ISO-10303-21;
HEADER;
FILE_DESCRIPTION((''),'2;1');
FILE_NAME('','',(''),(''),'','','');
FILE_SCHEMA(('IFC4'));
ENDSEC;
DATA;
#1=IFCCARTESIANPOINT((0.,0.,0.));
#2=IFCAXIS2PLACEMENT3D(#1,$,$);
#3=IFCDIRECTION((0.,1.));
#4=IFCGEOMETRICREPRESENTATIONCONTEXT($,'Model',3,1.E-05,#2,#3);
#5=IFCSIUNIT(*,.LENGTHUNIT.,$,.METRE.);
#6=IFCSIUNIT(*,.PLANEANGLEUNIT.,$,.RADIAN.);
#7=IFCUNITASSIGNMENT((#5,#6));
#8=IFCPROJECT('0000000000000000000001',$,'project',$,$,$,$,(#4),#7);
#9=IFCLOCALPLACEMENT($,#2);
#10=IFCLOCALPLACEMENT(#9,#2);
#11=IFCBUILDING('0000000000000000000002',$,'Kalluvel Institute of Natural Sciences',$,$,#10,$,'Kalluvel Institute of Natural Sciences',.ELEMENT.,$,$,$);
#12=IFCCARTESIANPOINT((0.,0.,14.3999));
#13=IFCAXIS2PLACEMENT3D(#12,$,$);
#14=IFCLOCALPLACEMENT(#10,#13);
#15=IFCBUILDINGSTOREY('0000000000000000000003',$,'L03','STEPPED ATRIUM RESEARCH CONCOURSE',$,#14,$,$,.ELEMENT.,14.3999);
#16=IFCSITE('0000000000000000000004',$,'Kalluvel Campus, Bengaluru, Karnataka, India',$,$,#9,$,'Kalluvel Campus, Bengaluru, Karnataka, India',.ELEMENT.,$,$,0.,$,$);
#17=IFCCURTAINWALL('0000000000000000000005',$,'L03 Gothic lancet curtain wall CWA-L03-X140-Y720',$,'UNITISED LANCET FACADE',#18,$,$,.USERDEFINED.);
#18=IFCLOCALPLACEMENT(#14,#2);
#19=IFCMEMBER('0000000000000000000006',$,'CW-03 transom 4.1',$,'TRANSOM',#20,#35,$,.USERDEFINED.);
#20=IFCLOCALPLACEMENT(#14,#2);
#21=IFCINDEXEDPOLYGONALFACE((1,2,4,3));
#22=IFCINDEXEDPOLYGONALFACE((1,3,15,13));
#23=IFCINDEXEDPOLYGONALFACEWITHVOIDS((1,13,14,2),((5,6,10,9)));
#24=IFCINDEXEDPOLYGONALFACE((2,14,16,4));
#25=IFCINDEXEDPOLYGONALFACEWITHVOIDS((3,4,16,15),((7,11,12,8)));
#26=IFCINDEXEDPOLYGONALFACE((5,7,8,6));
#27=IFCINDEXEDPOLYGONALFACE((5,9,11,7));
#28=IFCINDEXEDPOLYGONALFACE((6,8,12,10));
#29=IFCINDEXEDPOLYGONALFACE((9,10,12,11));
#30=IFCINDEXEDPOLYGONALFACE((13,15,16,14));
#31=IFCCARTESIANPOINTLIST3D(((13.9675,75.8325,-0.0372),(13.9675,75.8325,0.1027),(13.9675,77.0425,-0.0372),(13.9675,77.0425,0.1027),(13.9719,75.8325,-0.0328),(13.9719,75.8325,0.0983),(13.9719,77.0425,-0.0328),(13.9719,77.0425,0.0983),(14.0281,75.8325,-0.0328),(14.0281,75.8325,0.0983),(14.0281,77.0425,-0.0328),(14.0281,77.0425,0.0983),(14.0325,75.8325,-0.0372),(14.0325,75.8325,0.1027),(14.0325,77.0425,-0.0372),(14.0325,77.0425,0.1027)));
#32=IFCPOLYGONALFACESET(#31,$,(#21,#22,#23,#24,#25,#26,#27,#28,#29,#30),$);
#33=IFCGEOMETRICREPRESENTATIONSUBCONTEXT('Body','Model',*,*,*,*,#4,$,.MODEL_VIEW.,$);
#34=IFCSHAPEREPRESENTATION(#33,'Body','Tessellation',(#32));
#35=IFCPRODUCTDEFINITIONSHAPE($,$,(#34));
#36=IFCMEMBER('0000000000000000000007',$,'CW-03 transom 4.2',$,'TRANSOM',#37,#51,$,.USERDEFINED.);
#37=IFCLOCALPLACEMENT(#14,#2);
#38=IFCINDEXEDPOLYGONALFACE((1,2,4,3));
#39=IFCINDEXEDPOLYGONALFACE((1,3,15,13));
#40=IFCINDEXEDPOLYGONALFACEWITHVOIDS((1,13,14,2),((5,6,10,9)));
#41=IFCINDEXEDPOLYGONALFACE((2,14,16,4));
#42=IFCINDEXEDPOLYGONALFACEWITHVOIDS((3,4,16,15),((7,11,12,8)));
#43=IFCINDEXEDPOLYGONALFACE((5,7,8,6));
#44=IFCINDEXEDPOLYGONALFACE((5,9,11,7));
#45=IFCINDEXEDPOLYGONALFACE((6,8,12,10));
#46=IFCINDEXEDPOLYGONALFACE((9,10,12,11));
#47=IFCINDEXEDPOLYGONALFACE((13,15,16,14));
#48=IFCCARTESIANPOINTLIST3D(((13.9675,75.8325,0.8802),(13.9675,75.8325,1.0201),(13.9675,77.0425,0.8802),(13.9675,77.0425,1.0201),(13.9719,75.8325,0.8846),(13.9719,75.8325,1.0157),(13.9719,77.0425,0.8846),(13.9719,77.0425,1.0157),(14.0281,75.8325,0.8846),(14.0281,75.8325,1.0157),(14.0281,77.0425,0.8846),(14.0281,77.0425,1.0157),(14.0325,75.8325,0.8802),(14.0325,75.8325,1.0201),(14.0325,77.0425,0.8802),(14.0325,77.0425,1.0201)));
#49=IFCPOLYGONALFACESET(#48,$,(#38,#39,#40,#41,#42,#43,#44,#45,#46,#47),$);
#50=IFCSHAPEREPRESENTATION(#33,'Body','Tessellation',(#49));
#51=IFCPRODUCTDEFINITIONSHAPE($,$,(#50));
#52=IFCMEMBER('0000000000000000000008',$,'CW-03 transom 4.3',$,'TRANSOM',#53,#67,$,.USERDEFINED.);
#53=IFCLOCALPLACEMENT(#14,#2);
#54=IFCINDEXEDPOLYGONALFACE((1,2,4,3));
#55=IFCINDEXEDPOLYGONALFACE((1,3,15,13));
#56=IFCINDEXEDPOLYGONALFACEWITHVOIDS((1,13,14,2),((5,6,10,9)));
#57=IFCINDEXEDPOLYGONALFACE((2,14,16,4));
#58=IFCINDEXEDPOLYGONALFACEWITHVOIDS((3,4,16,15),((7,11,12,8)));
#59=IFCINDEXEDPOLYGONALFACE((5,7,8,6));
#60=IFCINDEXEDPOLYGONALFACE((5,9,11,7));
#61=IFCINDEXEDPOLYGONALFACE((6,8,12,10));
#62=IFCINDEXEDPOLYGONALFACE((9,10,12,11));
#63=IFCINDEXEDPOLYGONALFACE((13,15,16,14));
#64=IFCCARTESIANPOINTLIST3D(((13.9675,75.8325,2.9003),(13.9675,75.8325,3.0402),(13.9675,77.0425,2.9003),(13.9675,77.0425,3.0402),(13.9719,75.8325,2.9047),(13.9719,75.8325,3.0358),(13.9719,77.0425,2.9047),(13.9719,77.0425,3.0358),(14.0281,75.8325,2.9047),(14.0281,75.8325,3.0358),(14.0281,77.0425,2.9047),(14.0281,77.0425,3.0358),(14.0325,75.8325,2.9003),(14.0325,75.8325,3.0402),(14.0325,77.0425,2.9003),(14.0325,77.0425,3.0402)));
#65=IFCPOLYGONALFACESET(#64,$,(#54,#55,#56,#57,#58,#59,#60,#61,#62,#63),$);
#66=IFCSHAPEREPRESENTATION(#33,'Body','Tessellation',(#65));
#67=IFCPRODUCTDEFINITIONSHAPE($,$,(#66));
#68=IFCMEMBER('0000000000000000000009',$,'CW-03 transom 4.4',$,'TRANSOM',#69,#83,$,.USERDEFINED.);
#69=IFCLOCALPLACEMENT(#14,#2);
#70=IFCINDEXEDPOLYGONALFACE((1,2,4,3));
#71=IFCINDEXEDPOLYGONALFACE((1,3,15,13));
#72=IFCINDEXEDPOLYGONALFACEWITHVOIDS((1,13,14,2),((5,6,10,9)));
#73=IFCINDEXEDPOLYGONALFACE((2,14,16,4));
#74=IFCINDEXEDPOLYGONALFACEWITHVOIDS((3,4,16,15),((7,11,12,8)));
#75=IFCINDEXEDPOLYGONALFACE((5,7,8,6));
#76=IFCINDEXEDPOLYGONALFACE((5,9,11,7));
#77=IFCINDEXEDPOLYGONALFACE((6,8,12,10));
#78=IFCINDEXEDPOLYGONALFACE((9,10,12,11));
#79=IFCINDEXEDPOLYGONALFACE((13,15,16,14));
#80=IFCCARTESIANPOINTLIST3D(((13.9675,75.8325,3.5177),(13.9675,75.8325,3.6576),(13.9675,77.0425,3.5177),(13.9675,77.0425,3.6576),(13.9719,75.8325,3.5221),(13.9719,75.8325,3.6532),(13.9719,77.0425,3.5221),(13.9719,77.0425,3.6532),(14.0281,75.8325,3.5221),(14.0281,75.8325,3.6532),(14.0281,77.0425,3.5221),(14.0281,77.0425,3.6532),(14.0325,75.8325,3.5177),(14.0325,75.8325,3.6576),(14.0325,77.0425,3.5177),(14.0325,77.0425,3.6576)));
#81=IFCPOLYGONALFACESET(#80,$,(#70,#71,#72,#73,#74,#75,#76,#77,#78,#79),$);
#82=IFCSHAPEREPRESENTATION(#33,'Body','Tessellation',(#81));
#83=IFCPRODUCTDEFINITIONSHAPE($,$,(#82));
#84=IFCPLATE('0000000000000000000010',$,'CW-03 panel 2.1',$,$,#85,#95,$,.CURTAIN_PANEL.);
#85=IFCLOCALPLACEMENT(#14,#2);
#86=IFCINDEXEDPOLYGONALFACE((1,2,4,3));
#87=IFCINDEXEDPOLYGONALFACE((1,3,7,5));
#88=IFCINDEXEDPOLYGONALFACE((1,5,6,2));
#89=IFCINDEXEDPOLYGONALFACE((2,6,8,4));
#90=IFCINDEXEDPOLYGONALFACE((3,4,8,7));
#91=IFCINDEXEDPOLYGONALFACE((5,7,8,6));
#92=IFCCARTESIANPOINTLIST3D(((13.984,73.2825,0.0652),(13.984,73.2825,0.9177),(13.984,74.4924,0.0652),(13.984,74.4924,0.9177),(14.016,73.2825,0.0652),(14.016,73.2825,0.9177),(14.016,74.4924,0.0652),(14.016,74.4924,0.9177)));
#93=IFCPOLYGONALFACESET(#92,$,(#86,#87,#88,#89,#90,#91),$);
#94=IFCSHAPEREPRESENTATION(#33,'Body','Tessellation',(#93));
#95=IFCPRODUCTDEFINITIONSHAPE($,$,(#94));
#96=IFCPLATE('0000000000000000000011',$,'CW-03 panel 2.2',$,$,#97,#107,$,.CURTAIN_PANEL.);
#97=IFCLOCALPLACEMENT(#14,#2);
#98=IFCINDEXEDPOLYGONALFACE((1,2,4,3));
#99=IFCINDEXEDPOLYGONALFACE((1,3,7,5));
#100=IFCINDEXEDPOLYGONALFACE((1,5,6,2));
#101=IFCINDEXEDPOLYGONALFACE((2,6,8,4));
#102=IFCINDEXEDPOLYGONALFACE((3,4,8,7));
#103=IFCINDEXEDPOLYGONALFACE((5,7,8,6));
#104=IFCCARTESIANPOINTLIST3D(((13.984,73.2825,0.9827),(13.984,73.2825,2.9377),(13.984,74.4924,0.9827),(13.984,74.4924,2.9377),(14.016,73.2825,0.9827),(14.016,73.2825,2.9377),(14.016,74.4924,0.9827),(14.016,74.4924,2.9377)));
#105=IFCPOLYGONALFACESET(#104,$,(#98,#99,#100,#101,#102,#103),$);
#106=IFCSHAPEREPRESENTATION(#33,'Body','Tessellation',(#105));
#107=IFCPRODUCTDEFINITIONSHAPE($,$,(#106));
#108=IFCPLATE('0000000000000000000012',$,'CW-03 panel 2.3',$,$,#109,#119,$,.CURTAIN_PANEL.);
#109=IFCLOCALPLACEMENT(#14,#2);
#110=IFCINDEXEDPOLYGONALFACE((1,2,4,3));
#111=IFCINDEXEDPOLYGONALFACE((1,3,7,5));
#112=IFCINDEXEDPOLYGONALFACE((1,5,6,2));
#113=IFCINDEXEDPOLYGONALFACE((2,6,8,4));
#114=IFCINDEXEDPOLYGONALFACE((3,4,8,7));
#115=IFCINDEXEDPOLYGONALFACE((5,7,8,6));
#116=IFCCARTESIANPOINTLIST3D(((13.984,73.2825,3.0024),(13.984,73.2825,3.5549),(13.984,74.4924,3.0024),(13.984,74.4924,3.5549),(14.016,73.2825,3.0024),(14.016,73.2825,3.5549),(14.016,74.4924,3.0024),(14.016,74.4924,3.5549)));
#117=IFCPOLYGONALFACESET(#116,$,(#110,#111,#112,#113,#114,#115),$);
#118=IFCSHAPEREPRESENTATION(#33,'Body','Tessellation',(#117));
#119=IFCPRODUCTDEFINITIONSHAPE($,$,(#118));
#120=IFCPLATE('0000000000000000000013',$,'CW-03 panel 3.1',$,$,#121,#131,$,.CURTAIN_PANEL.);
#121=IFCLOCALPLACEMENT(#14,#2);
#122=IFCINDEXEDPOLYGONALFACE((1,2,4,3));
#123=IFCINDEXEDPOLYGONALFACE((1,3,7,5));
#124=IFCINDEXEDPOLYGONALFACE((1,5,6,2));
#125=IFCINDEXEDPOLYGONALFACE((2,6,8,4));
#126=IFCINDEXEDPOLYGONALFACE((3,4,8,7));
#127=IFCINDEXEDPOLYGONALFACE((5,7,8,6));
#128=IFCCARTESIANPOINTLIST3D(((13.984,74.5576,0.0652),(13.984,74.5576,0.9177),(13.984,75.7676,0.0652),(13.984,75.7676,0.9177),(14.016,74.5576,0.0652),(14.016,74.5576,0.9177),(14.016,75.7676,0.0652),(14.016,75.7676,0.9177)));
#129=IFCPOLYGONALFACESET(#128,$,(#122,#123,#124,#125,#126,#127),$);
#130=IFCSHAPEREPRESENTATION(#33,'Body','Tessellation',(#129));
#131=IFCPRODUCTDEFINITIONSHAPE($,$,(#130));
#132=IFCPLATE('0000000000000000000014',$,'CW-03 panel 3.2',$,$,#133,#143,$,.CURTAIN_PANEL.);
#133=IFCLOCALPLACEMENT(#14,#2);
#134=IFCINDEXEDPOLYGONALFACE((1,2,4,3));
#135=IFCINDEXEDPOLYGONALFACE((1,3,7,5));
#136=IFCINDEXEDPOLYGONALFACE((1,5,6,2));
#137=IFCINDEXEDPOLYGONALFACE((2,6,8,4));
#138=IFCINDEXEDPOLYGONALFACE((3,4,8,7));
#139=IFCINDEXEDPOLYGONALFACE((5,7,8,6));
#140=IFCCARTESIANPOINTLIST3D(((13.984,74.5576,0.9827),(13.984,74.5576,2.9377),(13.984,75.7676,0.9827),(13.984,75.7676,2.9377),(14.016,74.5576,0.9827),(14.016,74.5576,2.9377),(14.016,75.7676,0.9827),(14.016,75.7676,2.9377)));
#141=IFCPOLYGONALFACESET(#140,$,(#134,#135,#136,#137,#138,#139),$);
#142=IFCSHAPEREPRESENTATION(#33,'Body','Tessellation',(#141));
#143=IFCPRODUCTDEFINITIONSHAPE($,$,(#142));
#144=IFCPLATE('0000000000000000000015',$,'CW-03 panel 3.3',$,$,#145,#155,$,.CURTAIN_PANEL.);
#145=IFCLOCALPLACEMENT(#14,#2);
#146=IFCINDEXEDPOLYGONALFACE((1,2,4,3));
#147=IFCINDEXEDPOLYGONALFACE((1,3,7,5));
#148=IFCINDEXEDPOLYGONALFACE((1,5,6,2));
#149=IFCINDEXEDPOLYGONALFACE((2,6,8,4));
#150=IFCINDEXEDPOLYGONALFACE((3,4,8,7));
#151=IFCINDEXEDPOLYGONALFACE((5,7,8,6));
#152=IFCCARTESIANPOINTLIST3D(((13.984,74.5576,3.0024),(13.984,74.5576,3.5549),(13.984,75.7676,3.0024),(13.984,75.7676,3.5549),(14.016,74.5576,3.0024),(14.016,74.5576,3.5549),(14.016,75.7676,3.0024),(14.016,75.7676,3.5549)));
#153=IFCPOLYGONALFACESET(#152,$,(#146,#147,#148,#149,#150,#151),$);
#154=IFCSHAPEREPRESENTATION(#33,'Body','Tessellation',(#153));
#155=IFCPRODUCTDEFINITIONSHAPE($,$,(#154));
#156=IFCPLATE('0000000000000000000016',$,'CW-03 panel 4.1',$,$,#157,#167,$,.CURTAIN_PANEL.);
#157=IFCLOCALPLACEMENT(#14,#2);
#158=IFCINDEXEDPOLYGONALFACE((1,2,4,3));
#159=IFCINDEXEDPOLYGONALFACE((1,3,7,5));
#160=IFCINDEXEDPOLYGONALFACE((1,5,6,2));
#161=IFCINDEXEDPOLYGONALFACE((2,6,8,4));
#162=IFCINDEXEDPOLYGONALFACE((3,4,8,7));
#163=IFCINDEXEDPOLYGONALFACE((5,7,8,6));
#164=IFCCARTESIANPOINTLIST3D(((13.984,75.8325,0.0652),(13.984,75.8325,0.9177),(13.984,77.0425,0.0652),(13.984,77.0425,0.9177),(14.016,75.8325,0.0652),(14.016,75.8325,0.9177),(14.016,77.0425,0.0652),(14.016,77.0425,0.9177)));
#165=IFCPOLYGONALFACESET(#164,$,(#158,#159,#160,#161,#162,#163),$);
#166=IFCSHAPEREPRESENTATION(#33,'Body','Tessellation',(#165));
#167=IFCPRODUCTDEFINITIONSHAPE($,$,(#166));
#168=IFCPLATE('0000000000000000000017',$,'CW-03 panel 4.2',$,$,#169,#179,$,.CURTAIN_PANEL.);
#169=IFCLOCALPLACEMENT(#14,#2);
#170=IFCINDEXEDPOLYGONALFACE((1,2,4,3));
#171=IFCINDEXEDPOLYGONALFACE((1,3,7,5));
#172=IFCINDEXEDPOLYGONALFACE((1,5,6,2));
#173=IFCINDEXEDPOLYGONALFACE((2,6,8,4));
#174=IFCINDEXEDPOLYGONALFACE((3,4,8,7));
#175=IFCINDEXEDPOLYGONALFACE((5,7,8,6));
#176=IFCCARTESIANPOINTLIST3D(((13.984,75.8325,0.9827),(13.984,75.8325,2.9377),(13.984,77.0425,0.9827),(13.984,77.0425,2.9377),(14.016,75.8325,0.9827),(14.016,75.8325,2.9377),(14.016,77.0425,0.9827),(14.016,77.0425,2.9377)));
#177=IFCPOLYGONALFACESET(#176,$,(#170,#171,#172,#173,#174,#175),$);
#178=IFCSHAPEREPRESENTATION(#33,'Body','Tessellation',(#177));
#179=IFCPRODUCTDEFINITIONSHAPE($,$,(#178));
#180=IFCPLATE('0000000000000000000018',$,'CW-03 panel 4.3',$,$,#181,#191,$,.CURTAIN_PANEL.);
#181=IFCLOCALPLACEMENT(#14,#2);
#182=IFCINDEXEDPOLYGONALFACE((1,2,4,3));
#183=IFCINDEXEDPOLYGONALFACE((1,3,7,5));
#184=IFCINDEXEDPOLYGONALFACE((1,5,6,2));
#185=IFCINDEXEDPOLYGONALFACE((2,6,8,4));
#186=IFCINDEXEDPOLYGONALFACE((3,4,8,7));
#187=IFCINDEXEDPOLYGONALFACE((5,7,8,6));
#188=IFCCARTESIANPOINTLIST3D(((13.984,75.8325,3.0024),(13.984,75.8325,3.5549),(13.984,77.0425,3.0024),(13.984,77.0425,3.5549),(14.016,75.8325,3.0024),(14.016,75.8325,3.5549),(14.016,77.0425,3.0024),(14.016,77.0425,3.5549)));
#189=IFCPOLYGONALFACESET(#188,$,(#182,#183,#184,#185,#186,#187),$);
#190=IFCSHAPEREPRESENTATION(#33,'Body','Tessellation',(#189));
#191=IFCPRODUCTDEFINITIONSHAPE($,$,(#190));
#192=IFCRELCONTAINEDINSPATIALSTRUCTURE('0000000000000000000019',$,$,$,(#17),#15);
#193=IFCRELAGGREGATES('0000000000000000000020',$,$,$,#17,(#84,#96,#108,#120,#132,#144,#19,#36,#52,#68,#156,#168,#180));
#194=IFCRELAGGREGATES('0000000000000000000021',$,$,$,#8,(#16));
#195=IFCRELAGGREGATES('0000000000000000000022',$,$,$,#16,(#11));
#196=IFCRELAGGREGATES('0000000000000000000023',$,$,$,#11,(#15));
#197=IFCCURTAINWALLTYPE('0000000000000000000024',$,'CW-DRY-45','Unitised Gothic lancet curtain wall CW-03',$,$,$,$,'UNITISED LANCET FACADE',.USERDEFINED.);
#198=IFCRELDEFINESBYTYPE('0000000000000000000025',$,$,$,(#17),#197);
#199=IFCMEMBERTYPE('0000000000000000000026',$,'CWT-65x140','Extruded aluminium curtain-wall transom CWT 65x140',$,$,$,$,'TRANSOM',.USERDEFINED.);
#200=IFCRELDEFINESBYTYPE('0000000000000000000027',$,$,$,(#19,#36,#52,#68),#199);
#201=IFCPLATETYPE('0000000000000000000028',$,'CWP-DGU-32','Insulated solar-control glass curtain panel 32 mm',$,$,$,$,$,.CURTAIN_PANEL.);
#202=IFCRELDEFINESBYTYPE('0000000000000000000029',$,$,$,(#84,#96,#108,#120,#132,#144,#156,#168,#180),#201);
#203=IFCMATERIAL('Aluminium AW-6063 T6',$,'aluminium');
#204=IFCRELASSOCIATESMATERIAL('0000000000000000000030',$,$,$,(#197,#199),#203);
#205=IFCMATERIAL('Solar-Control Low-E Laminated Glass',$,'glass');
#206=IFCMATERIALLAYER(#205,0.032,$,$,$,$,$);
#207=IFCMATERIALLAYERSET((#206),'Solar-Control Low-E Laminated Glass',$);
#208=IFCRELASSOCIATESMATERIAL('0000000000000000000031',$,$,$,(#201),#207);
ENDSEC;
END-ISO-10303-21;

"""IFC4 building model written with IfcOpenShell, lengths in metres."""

from ifc_helpers import new_model, si_unit, direction, frame, origin, origin_2d, place, context, subcontext, project, spatial, rectangle, hollow_rectangle, extrude, material, layer, layer_set, material_profile, profile_set, type_object, element, aggregate, save


model = new_model("IFC4")

# Units and contexts
model_context = context("Model", 3, precision=1e-05, world=origin(), true_north=direction((0.0, 1.0)))
body_context = subcontext(model_context, "Body", "Model", "MODEL_VIEW")
ifc_project = project(units=[si_unit("LENGTHUNIT", "METRE"), si_unit("PLANEANGLEUNIT", "RADIAN")], contexts=[model_context])

# Site, building, storey
site_placement = place(None, origin())
site = spatial("IfcSite", under=ifc_project, at=site_placement, Name="Kalluvel Campus, Bengaluru, Karnataka, India", LongName="Kalluvel Campus, Bengaluru, Karnataka, India", CompositionType="ELEMENT", RefElevation=0.0)
building_placement = place(site_placement, origin())
building = spatial("IfcBuilding", under=site, at=building_placement, Name="Kalluvel Institute of Natural Sciences", LongName="Kalluvel Institute of Natural Sciences", CompositionType="ELEMENT")
storey_placement = place(building_placement, frame((0.0, 0.0, 14.3999)))
storey = spatial("IfcBuildingStorey", under=building, at=storey_placement, Name="L03", Description="STEPPED ATRIUM RESEARCH CONCOURSE", CompositionType="ELEMENT", Elevation=14.3999)

# Curtain wall, members, plates
ifc_material_1 = material(Name="Aluminium AW-6063 T6", Category="aluminium")
curtain_wall_type = type_object("IfcCurtainWallType", Name="CW-DRY-45", Description="Unitised Gothic lancet curtain wall CW-03", ElementType="UNITISED LANCET FACADE", PredefinedType="USERDEFINED", material=ifc_material_1)
curtain_wall_placement = place(storey_placement, origin())
curtain_wall = element("IfcCurtainWall", 1, at=curtain_wall_placement, inside=storey, type_object=curtain_wall_type, Name="L03 Gothic lancet curtain wall CWA-L03-X140-Y720", ObjectType="UNITISED LANCET FACADE", PredefinedType="USERDEFINED")
ifc_material_profile_1 = material_profile(ifc_material_1, hollow_rectangle(XDim=0.0649, YDim=0.1399, WallThickness=0.0044, at=origin_2d()), Name="CWT 65x140")
ifc_profile_set_1 = profile_set([ifc_material_profile_1], Name="Aluminium AW-6063 T6")
member_type_1 = type_object("IfcMemberType", Name="CWT-65x140", Description="Extruded aluminium curtain-wall transom CWT 65x140", ElementType="TRANSOM", PredefinedType="USERDEFINED", material=ifc_profile_set_1)
member_1_placement = place(storey_placement, frame((14.0, 75.8325, 0.0327), z_axis=(0.0, 1.0, 0.0), x_axis=(-1.0, 0.0, 0.0)))
member_1 = element("IfcMember", 2, at=member_1_placement, type_object=member_type_1, Name="CW-03 transom 4.1", ObjectType="TRANSOM", PredefinedType="USERDEFINED", context=body_context, shape_type="SweptSolid", body=[
    extrude(hollow_rectangle(XDim=0.0649, YDim=0.1399, WallThickness=0.0044, at=origin_2d()), origin(), (0.0, 0.0, 1.0), 1.21),
])
member_2_placement = place(storey_placement, frame((14.0, 75.8325, 0.9502), z_axis=(0.0, 1.0, 0.0), x_axis=(-1.0, 0.0, 0.0)))
member_2 = element("IfcMember", 3, at=member_2_placement, type_object=member_type_1, Name="CW-03 transom 4.2", ObjectType="TRANSOM", PredefinedType="USERDEFINED", context=body_context, shape_type="SweptSolid", body=[
    extrude(hollow_rectangle(XDim=0.0649, YDim=0.1399, WallThickness=0.0044, at=origin_2d()), origin(), (0.0, 0.0, 1.0), 1.21),
])
member_3_placement = place(storey_placement, frame((14.0, 75.8325, 2.9702), z_axis=(0.0, 1.0, 0.0), x_axis=(-1.0, 0.0, 0.0)))
member_3 = element("IfcMember", 4, at=member_3_placement, type_object=member_type_1, Name="CW-03 transom 4.3", ObjectType="TRANSOM", PredefinedType="USERDEFINED", context=body_context, shape_type="SweptSolid", body=[
    extrude(hollow_rectangle(XDim=0.0649, YDim=0.1399, WallThickness=0.0044, at=origin_2d()), origin(), (0.0, 0.0, 1.0), 1.21),
])
member_4_placement = place(storey_placement, frame((14.0, 75.8325, 3.5876), z_axis=(0.0, 1.0, 0.0), x_axis=(-1.0, 0.0, 0.0)))
member_4 = element("IfcMember", 5, at=member_4_placement, type_object=member_type_1, Name="CW-03 transom 4.4", ObjectType="TRANSOM", PredefinedType="USERDEFINED", context=body_context, shape_type="SweptSolid", body=[
    extrude(hollow_rectangle(XDim=0.0649, YDim=0.1399, WallThickness=0.0044, at=origin_2d()), origin(), (0.0, 0.0, 1.0), 1.21),
])
ifc_material_2 = material(Name="Solar-Control Low-E Laminated Glass", Category="glass")
ifc_layer_1 = layer(ifc_material_2, 0.032)
ifc_layer_set_1 = layer_set([ifc_layer_1], Name="Solar-Control Low-E Laminated Glass")
plate_type = type_object("IfcPlateType", Name="CWP-DGU-32", Description="Insulated solar-control glass curtain panel 32 mm", PredefinedType="CURTAIN_PANEL", material=ifc_layer_set_1)
plate_1_placement = place(storey_placement, frame((14.0, 73.8875, 0.0652), z_axis=(0.0, 0.0, 1.0), x_axis=(0.0, 1.0, 0.0)))
plate_1 = element("IfcPlate", 6, at=plate_1_placement, type_object=plate_type, Name="CW-03 panel 2.1", PredefinedType="CURTAIN_PANEL", context=body_context, shape_type="SweptSolid", body=[
    extrude(rectangle(XDim=1.21, YDim=0.032, at=origin_2d()), origin(), (0.0, 0.0, 1.0), 0.8525),
])
plate_2_placement = place(storey_placement, frame((14.0, 73.8875, 0.9827), z_axis=(0.0, 0.0, 1.0), x_axis=(0.0, 1.0, 0.0)))
plate_2 = element("IfcPlate", 7, at=plate_2_placement, type_object=plate_type, Name="CW-03 panel 2.2", PredefinedType="CURTAIN_PANEL", context=body_context, shape_type="SweptSolid", body=[
    extrude(rectangle(XDim=1.21, YDim=0.032, at=origin_2d()), origin(), (0.0, 0.0, 1.0), 1.9551),
])
plate_3_placement = place(storey_placement, frame((14.0, 73.8875, 3.0024), z_axis=(0.0, 0.0, 1.0), x_axis=(0.0, 1.0, 0.0)))
plate_3 = element("IfcPlate", 8, at=plate_3_placement, type_object=plate_type, Name="CW-03 panel 2.3", PredefinedType="CURTAIN_PANEL", context=body_context, shape_type="SweptSolid", body=[
    extrude(rectangle(XDim=1.21, YDim=0.032, at=origin_2d()), origin(), (0.0, 0.0, 1.0), 0.5525),
])
plate_4_placement = place(storey_placement, frame((14.0, 75.1626, 0.0652), z_axis=(0.0, 0.0, 1.0), x_axis=(0.0, 1.0, 0.0)))
plate_4 = element("IfcPlate", 9, at=plate_4_placement, type_object=plate_type, Name="CW-03 panel 3.1", PredefinedType="CURTAIN_PANEL", context=body_context, shape_type="SweptSolid", body=[
    extrude(rectangle(XDim=1.21, YDim=0.032, at=origin_2d()), origin(), (0.0, 0.0, 1.0), 0.8525),
])
plate_5_placement = place(storey_placement, frame((14.0, 75.1626, 0.9827), z_axis=(0.0, 0.0, 1.0), x_axis=(0.0, 1.0, 0.0)))
plate_5 = element("IfcPlate", 10, at=plate_5_placement, type_object=plate_type, Name="CW-03 panel 3.2", PredefinedType="CURTAIN_PANEL", context=body_context, shape_type="SweptSolid", body=[
    extrude(rectangle(XDim=1.21, YDim=0.032, at=origin_2d()), origin(), (0.0, 0.0, 1.0), 1.9551),
])
plate_6_placement = place(storey_placement, frame((14.0, 75.1626, 3.0024), z_axis=(0.0, 0.0, 1.0), x_axis=(0.0, 1.0, 0.0)))
plate_6 = element("IfcPlate", 11, at=plate_6_placement, type_object=plate_type, Name="CW-03 panel 3.3", PredefinedType="CURTAIN_PANEL", context=body_context, shape_type="SweptSolid", body=[
    extrude(rectangle(XDim=1.21, YDim=0.032, at=origin_2d()), origin(), (0.0, 0.0, 1.0), 0.5525),
])
plate_7_placement = place(storey_placement, frame((14.0, 76.4375, 0.0652), z_axis=(0.0, 0.0, 1.0), x_axis=(0.0, 1.0, 0.0)))
plate_7 = element("IfcPlate", 12, at=plate_7_placement, type_object=plate_type, Name="CW-03 panel 4.1", PredefinedType="CURTAIN_PANEL", context=body_context, shape_type="SweptSolid", body=[
    extrude(rectangle(XDim=1.21, YDim=0.032, at=origin_2d()), origin(), (0.0, 0.0, 1.0), 0.8525),
])
plate_8_placement = place(storey_placement, frame((14.0, 76.4375, 0.9827), z_axis=(0.0, 0.0, 1.0), x_axis=(0.0, 1.0, 0.0)))
plate_8 = element("IfcPlate", 13, at=plate_8_placement, type_object=plate_type, Name="CW-03 panel 4.2", PredefinedType="CURTAIN_PANEL", context=body_context, shape_type="SweptSolid", body=[
    extrude(rectangle(XDim=1.21, YDim=0.032, at=origin_2d()), origin(), (0.0, 0.0, 1.0), 1.9551),
])
plate_9_placement = place(storey_placement, frame((14.0, 76.4375, 3.0024), z_axis=(0.0, 0.0, 1.0), x_axis=(0.0, 1.0, 0.0)))
plate_9 = element("IfcPlate", 14, at=plate_9_placement, type_object=plate_type, Name="CW-03 panel 4.3", PredefinedType="CURTAIN_PANEL", context=body_context, shape_type="SweptSolid", body=[
    extrude(rectangle(XDim=1.21, YDim=0.032, at=origin_2d()), origin(), (0.0, 0.0, 1.0), 0.5525),
])
aggregate(curtain_wall, [plate_1, plate_2, plate_3, plate_4, plate_5, plate_6, member_1, member_2, member_3, member_4, plate_7, plate_8, plate_9])

save(model, "model.ifc")
